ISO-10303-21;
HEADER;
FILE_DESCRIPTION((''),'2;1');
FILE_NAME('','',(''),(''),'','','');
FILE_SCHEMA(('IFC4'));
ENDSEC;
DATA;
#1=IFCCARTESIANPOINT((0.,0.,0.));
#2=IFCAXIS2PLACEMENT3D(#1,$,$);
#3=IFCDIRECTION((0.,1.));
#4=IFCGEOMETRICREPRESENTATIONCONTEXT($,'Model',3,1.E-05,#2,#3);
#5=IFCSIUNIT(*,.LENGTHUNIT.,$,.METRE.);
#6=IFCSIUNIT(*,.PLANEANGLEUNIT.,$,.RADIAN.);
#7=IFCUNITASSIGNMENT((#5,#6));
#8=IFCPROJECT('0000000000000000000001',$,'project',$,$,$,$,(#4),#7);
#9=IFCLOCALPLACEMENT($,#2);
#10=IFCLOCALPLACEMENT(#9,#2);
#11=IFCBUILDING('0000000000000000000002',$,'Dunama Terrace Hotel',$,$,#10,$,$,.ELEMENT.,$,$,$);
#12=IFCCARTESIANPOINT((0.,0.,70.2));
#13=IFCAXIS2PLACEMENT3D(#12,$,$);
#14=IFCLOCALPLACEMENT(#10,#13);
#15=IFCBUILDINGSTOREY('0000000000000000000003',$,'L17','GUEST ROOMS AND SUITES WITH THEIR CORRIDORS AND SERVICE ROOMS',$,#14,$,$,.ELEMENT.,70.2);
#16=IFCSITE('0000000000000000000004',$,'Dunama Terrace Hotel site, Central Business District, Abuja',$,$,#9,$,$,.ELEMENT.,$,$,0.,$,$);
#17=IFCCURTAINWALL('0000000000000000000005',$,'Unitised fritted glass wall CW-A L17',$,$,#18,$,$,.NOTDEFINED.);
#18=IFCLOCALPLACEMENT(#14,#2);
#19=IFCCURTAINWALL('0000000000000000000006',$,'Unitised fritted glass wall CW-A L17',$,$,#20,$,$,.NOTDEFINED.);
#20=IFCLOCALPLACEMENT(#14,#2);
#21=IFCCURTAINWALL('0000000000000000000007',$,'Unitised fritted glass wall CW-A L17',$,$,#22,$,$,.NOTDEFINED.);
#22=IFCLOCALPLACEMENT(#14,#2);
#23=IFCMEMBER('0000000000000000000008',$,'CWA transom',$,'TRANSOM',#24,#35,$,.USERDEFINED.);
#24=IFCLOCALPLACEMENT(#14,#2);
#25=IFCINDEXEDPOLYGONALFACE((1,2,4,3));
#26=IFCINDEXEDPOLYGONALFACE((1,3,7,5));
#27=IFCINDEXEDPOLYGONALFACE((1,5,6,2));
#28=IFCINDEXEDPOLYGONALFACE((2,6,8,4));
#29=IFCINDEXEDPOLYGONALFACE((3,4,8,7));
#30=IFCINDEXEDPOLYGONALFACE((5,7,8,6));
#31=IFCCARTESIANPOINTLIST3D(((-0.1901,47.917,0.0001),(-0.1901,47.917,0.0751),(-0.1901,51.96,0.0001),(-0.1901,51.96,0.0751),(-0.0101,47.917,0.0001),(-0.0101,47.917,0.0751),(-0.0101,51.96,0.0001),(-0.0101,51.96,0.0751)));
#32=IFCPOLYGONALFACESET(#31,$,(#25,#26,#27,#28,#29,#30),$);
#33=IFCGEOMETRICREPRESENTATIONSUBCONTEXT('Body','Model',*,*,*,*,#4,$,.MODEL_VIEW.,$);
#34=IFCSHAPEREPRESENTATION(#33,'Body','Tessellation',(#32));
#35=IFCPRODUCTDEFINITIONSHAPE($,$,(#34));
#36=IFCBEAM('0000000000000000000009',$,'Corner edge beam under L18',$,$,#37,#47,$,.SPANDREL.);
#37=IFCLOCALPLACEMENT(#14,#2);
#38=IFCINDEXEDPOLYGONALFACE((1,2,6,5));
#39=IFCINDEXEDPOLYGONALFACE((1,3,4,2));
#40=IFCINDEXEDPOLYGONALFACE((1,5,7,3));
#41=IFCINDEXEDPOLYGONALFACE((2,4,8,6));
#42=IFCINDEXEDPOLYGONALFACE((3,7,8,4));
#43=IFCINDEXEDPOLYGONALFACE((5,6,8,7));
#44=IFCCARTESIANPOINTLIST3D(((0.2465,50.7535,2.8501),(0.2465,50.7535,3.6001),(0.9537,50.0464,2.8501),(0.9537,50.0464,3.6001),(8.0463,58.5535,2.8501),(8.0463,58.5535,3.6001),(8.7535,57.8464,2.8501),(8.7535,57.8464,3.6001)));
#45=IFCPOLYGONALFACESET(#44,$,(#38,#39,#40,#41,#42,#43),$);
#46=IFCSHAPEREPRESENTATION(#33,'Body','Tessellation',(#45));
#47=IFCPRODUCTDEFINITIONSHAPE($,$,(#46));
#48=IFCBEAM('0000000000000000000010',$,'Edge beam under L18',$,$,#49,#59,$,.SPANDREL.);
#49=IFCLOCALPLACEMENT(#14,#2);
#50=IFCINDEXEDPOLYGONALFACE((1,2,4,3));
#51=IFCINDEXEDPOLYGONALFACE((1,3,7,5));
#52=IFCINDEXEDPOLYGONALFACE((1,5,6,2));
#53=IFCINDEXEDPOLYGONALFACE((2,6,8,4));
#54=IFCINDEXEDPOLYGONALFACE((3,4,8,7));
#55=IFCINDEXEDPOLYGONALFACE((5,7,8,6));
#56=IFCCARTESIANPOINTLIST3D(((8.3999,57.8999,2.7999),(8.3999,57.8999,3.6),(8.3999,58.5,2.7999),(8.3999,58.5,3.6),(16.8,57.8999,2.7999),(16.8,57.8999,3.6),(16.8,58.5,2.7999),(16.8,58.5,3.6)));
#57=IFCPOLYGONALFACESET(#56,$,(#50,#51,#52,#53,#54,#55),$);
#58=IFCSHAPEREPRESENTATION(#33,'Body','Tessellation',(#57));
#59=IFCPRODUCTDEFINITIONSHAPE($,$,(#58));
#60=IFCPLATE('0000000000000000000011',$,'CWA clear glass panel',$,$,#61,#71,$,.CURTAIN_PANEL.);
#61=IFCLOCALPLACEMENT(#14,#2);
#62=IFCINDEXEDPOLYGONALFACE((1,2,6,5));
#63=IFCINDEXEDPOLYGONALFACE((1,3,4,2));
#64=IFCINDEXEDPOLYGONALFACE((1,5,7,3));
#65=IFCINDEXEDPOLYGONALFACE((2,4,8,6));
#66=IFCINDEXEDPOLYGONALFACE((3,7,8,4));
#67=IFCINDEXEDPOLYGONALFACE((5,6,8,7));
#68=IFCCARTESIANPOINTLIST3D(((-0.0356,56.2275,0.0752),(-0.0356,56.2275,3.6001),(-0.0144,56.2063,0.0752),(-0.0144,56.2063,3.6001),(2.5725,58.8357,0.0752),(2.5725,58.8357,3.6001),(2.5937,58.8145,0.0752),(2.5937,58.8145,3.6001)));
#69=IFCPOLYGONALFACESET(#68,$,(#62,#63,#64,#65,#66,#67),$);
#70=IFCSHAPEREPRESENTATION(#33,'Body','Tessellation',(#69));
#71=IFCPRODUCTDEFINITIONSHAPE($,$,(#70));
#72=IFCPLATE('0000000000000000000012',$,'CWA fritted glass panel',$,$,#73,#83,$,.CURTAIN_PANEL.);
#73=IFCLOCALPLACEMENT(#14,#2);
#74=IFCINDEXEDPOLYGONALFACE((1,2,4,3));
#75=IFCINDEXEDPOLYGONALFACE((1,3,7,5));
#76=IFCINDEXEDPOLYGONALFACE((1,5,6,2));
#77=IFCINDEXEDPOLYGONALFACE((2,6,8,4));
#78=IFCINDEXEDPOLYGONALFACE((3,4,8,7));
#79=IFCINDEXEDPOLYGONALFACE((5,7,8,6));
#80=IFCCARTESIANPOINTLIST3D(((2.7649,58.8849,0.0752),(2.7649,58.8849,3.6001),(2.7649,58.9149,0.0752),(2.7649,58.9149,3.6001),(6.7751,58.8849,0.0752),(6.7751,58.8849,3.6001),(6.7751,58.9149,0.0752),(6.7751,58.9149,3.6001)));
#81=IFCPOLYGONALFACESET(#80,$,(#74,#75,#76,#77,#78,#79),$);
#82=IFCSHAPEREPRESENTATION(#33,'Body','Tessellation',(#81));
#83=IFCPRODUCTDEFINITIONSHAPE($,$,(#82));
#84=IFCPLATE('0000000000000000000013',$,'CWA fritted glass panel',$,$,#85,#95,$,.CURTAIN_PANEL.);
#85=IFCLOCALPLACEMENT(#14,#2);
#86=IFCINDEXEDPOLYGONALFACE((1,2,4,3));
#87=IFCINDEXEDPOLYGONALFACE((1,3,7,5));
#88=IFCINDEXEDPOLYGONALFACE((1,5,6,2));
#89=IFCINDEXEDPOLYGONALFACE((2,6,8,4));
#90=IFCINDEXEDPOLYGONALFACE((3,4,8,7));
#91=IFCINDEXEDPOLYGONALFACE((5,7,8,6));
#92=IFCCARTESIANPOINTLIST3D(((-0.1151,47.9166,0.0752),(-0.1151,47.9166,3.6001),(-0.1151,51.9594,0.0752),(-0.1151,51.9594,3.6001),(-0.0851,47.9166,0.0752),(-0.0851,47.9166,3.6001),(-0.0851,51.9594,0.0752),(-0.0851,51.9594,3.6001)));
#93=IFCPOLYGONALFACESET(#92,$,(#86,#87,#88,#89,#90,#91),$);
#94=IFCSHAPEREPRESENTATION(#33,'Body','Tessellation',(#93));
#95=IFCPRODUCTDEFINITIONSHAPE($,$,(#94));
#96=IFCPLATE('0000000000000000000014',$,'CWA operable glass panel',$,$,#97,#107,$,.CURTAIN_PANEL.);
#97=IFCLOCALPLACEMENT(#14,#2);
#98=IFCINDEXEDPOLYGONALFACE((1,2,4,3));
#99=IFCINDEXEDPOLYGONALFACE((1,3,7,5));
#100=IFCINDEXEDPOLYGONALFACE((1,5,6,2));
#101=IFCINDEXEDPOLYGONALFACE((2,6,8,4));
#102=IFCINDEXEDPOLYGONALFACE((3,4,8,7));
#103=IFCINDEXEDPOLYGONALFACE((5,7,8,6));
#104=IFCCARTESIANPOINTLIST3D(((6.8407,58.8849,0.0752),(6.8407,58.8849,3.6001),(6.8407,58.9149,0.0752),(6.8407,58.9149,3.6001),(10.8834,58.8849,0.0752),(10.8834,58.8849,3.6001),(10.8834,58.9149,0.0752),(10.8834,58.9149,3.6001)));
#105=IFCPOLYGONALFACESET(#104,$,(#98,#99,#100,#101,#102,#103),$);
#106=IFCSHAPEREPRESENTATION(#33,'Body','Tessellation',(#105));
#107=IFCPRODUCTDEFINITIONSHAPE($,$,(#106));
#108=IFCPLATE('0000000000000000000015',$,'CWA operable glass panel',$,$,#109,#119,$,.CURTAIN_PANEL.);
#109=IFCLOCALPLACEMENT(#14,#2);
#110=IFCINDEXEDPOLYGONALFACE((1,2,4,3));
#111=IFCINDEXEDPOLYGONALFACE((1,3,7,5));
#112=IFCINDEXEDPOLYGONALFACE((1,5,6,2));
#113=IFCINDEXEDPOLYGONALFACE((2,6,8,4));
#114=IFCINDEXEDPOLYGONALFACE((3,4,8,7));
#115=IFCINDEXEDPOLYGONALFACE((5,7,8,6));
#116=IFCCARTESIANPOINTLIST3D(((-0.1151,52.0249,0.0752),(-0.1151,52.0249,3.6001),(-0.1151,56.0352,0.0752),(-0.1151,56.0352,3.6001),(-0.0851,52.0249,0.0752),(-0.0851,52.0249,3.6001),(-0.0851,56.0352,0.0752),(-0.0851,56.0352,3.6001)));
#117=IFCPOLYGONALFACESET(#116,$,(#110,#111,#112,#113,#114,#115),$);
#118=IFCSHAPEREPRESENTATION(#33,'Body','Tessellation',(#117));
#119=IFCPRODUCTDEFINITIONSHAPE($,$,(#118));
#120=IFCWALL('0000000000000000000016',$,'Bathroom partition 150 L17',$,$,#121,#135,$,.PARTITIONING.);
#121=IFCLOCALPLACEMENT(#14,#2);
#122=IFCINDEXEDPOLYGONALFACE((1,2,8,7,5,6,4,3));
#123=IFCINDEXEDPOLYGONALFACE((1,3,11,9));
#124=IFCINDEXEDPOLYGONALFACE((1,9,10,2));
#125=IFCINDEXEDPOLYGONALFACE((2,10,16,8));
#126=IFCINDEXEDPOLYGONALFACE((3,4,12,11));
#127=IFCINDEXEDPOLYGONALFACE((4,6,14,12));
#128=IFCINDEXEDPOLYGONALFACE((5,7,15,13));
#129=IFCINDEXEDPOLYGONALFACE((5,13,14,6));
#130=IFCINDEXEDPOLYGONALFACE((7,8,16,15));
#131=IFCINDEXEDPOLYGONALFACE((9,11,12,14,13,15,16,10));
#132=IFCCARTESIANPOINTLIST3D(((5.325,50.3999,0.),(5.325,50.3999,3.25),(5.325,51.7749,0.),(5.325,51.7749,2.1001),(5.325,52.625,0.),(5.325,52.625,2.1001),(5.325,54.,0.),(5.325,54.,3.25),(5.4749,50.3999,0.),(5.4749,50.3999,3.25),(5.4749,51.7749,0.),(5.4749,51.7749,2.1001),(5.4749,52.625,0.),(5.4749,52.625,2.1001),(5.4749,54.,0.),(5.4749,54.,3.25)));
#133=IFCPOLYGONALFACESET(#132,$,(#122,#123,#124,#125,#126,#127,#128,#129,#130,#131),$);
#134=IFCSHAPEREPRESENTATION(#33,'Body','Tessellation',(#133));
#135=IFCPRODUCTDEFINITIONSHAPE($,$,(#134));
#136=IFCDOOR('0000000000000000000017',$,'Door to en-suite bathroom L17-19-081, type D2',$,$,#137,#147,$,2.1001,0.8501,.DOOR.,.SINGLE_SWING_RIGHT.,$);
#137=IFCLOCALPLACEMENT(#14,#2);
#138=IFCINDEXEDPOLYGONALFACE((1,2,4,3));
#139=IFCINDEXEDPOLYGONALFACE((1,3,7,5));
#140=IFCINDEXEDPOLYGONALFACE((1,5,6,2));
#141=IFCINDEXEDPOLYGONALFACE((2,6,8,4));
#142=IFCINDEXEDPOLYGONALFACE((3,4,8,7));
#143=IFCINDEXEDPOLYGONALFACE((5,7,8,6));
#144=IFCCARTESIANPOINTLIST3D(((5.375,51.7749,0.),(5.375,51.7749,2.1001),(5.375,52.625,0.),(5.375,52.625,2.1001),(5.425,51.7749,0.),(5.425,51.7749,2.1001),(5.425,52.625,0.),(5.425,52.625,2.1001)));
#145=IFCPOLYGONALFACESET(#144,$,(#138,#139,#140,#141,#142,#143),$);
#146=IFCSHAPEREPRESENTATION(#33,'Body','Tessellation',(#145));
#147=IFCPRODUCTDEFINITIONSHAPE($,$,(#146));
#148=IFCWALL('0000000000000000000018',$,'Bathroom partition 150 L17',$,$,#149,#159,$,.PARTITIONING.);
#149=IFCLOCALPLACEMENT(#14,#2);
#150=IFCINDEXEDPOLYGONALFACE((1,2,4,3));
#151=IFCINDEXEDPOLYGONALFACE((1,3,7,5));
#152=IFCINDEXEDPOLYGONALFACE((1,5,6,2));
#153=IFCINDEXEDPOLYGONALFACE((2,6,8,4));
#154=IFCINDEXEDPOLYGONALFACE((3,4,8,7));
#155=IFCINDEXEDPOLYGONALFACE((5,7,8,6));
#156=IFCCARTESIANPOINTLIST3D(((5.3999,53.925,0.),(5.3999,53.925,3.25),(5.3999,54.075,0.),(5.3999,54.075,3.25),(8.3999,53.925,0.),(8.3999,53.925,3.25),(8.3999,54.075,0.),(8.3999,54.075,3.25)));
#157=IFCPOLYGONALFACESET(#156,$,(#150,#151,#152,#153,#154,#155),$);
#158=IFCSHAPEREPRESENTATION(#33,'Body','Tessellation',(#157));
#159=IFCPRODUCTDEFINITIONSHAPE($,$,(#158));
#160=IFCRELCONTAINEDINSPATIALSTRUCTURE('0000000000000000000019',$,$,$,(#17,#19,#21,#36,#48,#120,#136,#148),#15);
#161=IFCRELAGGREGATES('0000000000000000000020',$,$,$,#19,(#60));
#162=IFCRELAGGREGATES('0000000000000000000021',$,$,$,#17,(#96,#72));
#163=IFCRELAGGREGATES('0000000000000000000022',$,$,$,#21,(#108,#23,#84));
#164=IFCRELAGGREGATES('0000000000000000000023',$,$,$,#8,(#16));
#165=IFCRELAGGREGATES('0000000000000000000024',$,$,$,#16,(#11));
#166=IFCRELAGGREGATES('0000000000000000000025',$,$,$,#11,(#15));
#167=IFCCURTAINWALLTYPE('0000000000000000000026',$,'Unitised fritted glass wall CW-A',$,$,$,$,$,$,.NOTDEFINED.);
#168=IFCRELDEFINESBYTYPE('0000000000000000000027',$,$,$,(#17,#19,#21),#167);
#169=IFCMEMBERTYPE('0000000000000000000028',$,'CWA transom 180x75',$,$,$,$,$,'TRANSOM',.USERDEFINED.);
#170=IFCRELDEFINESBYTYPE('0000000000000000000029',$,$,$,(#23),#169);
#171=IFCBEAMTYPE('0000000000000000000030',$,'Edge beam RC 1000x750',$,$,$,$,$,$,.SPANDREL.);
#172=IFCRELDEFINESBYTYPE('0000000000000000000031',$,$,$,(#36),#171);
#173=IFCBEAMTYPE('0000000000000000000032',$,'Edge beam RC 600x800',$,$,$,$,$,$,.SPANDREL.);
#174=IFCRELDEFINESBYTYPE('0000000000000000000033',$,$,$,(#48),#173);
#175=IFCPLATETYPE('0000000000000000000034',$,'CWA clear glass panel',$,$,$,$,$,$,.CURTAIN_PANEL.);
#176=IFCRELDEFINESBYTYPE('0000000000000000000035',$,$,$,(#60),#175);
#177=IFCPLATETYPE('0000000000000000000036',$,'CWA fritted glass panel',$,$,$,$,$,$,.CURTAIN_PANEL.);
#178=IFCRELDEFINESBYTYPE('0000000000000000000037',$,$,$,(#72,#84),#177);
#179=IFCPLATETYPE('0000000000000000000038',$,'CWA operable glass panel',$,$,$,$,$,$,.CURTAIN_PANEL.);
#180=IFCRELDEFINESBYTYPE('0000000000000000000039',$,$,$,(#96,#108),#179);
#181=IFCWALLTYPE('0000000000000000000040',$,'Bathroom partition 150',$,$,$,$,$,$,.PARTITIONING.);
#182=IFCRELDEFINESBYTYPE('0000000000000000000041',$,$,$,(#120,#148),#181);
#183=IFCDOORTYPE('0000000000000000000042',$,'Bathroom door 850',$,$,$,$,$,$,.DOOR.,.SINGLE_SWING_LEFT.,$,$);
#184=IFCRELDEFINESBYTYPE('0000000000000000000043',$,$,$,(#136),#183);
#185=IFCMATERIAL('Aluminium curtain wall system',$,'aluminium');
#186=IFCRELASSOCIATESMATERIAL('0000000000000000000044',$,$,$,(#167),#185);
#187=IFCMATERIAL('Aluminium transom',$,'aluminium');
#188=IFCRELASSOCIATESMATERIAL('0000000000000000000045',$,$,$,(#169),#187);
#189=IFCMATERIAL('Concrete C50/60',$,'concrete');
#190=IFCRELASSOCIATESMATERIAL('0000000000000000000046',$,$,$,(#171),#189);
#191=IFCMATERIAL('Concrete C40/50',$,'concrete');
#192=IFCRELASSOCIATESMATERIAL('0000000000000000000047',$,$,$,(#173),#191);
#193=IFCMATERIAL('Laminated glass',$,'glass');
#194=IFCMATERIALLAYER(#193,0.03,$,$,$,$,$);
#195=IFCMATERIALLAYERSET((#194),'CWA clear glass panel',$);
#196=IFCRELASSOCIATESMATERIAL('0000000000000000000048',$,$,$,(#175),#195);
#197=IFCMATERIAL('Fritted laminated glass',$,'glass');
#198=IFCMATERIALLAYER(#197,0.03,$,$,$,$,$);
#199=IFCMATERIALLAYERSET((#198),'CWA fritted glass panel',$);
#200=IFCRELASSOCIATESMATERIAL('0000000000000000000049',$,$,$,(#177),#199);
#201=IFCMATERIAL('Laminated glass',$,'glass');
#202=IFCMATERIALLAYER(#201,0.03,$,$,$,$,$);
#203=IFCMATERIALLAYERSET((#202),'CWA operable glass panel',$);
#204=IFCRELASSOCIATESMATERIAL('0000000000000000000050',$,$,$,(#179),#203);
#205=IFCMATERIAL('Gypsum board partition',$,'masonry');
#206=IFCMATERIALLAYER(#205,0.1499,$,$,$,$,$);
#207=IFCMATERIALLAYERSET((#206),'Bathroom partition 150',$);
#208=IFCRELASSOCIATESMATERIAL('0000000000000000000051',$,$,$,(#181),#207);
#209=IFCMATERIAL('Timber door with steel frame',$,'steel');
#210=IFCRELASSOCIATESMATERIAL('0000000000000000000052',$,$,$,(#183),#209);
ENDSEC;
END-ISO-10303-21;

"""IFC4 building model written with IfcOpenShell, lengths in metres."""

from ifc_helpers import new_model, si_unit, direction, frame, frame_2d, origin, origin_2d, place, context, subcontext, project, spatial, rectangle, extrude, material, layer, layer_set, material_profile, profile_set, type_object, element, fill, aggregate, save


model = new_model("IFC4")

# Units and contexts
model_context = context("Model", 3, precision=1e-05, world=origin(), true_north=direction((0.0, 1.0)))
body_context = subcontext(model_context, "Body", "Model", "MODEL_VIEW")
ifc_project = project(units=[si_unit("LENGTHUNIT", "METRE"), si_unit("PLANEANGLEUNIT", "RADIAN")], contexts=[model_context])

# Site, building, storey
site_placement = place(None, origin())
site = spatial("IfcSite", under=ifc_project, at=site_placement, Name="Dunama Terrace Hotel site, Central Business District, Abuja", CompositionType="ELEMENT", RefElevation=0.0)
building_placement = place(site_placement, origin())
building = spatial("IfcBuilding", under=site, at=building_placement, Name="Dunama Terrace Hotel", CompositionType="ELEMENT")
storey_placement = place(building_placement, frame((0.0, 0.0, 70.2)))
storey = spatial("IfcBuildingStorey", under=building, at=storey_placement, Name="L17", Description="GUEST ROOMS AND SUITES WITH THEIR CORRIDORS AND SERVICE ROOMS", CompositionType="ELEMENT", Elevation=70.2)

# Curtain walls
ifc_material_1 = material(Name="Aluminium curtain wall system", Category="aluminium")
curtain_wall_type = type_object("IfcCurtainWallType", Name="Unitised fritted glass wall CW-A", PredefinedType="NOTDEFINED", material=ifc_material_1)
curtain_wall_1_placement = place(storey_placement, origin())
curtain_wall_1 = element("IfcCurtainWall", 1, at=curtain_wall_1_placement, inside=storey, type_object=curtain_wall_type, Name="Unitised fritted glass wall CW-A L17", PredefinedType="NOTDEFINED")
curtain_wall_2_placement = place(storey_placement, origin())
curtain_wall_2 = element("IfcCurtainWall", 2, at=curtain_wall_2_placement, inside=storey, type_object=curtain_wall_type, Name="Unitised fritted glass wall CW-A L17", PredefinedType="NOTDEFINED")
curtain_wall_3_placement = place(storey_placement, origin())
curtain_wall_3 = element("IfcCurtainWall", 3, at=curtain_wall_3_placement, inside=storey, type_object=curtain_wall_type, Name="Unitised fritted glass wall CW-A L17", PredefinedType="NOTDEFINED")

# Member
ifc_material_2 = material(Name="Aluminium transom", Category="aluminium")
ifc_material_profile_1 = material_profile(ifc_material_2, rectangle(XDim=0.1799, YDim=0.075, at=origin_2d()), Name="CWA TRANSOM 180X75")
ifc_profile_set_1 = profile_set([ifc_material_profile_1], Name="Aluminium transom")
member_type_1 = type_object("IfcMemberType", Name="CWA transom 180x75", ElementType="TRANSOM", PredefinedType="USERDEFINED", material=ifc_profile_set_1)
member_1_placement = place(storey_placement, frame((-0.1001, 51.96, 0.0376), z_axis=(0.0, -1.0, 0.0), x_axis=(1.0, 0.0, 0.0)))
member_1 = element("IfcMember", 4, at=member_1_placement, type_object=member_type_1, Name="CWA transom", ObjectType="TRANSOM", PredefinedType="USERDEFINED", context=body_context, shape_type="SweptSolid", body=[
    extrude(rectangle(XDim=0.1799, YDim=0.075, at=origin_2d()), origin(), (0.0, 0.0, 1.0), 4.043),
])

# Beams
ifc_material_3 = material(Name="Concrete C50/60", Category="concrete")
ifc_material_profile_2 = material_profile(ifc_material_3, rectangle(XDim=1.0, YDim=0.75, at=origin_2d()), Name="RC 1000x750")
ifc_profile_set_2 = profile_set([ifc_material_profile_2], Name="Concrete C50/60")
beam_type_1 = type_object("IfcBeamType", Name="Edge beam RC 1000x750", PredefinedType="SPANDREL", material=ifc_profile_set_2)
beam_1_placement = place(storey_placement, frame((8.3999, 58.2, 3.2251), z_axis=(-0.707096, -0.707118, 0.0), x_axis=(0.707118, -0.707096, 0.0)))
element("IfcBeam", 5, at=beam_1_placement, inside=storey, type_object=beam_type_1, Name="Corner edge beam under L18", PredefinedType="SPANDREL", context=body_context, shape_type="SweptSolid", body=[
    extrude(rectangle(XDim=1.0, YDim=0.75, at=origin_2d()), origin(), (0.0, 0.0, 1.0), 11.0308),
])
ifc_material_4 = material(Name="Concrete C40/50", Category="concrete")
ifc_material_profile_3 = material_profile(ifc_material_4, rectangle(XDim=0.6001, YDim=0.8, at=origin_2d()), Name="RC 600x800")
ifc_profile_set_3 = profile_set([ifc_material_profile_3], Name="Concrete C40/50")
beam_type_2 = type_object("IfcBeamType", Name="Edge beam RC 600x800", PredefinedType="SPANDREL", material=ifc_profile_set_3)
beam_2_placement = place(storey_placement, frame((8.3999, 58.2, 3.2), z_axis=(1.0, 0.0, 0.0), x_axis=(0.0, 1.0, 0.0)))
element("IfcBeam", 6, at=beam_2_placement, inside=storey, type_object=beam_type_2, Name="Edge beam under L18", PredefinedType="SPANDREL", context=body_context, shape_type="SweptSolid", body=[
    extrude(rectangle(XDim=0.6001, YDim=0.8, at=origin_2d()), origin(), (0.0, 0.0, 1.0), 8.4001),
])

# Plates
ifc_material_5 = material(Name="Laminated glass", Category="glass")
ifc_layer_1 = layer(ifc_material_5, 0.03)
ifc_layer_set_1 = layer_set([ifc_layer_1], Name="CWA clear glass panel")
plate_type_1 = type_object("IfcPlateType", Name="CWA clear glass panel", PredefinedType="CURTAIN_PANEL", material=ifc_layer_set_1)
plate_1_placement = place(storey_placement, frame((1.2791, 57.521, 0.0752), z_axis=(0.0, 0.0, 1.0), x_axis=(-0.707107, -0.707107, 0.0)))
plate_1 = element("IfcPlate", 7, at=plate_1_placement, type_object=plate_type_1, Name="CWA clear glass panel", PredefinedType="CURTAIN_PANEL", context=body_context, shape_type="SweptSolid", body=[
    extrude(rectangle(XDim=3.6885, YDim=0.03, at=origin_2d()), origin(), (0.0, 0.0, 1.0), 3.5249),
])
aggregate(curtain_wall_2, [plate_1])
ifc_material_6 = material(Name="Fritted laminated glass", Category="glass")
ifc_layer_2 = layer(ifc_material_6, 0.03)
ifc_layer_set_2 = layer_set([ifc_layer_2], Name="CWA fritted glass panel")
plate_type_2 = type_object("IfcPlateType", Name="CWA fritted glass panel", PredefinedType="CURTAIN_PANEL", material=ifc_layer_set_2)
plate_2_placement = place(storey_placement, frame((4.77, 58.8999, 0.0752), z_axis=(0.0, 0.0, 1.0), x_axis=(-1.0, 0.0, 0.0)))
plate_2 = element("IfcPlate", 8, at=plate_2_placement, type_object=plate_type_2, Name="CWA fritted glass panel", PredefinedType="CURTAIN_PANEL", context=body_context, shape_type="SweptSolid", body=[
    extrude(rectangle(XDim=4.0103, YDim=0.03, at=origin_2d()), origin(), (0.0, 0.0, 1.0), 3.5249),
])
plate_3_placement = place(storey_placement, frame((-0.1001, 49.938, 0.0752), z_axis=(0.0, 0.0, 1.0), x_axis=(0.0, -1.0, 0.0)))
plate_3 = element("IfcPlate", 9, at=plate_3_placement, type_object=plate_type_2, Name="CWA fritted glass panel", PredefinedType="CURTAIN_PANEL", context=body_context, shape_type="SweptSolid", body=[
    extrude(rectangle(XDim=4.0427, YDim=0.03, at=origin_2d()), origin(), (0.0, 0.0, 1.0), 3.5249),
])
ifc_material_7 = material(Name="Laminated glass", Category="glass")
ifc_layer_3 = layer(ifc_material_7, 0.03)
ifc_layer_set_3 = layer_set([ifc_layer_3], Name="CWA operable glass panel")
plate_type_3 = type_object("IfcPlateType", Name="CWA operable glass panel", PredefinedType="CURTAIN_PANEL", material=ifc_layer_set_3)
plate_4_placement = place(storey_placement, frame((8.8621, 58.8999, 0.0752), z_axis=(0.0, 0.0, 1.0), x_axis=(-1.0, 0.0, 0.0)))
plate_4 = element("IfcPlate", 10, at=plate_4_placement, type_object=plate_type_3, Name="CWA operable glass panel", PredefinedType="CURTAIN_PANEL", context=body_context, shape_type="SweptSolid", body=[
    extrude(rectangle(XDim=4.0427, YDim=0.03, at=origin_2d()), origin(), (0.0, 0.0, 1.0), 3.5249),
])
aggregate(curtain_wall_1, [plate_4, plate_2])
plate_5_placement = place(storey_placement, frame((-0.1001, 54.03, 0.0752), z_axis=(0.0, 0.0, 1.0), x_axis=(0.0, -1.0, 0.0)))
plate_5 = element("IfcPlate", 11, at=plate_5_placement, type_object=plate_type_3, Name="CWA operable glass panel", PredefinedType="CURTAIN_PANEL", context=body_context, shape_type="SweptSolid", body=[
    extrude(rectangle(XDim=4.0103, YDim=0.03, at=origin_2d()), origin(), (0.0, 0.0, 1.0), 3.5249),
])
aggregate(curtain_wall_3, [plate_5, member_1, plate_3])

# Wall, opening, door
ifc_material_8 = material(Name="Gypsum board partition", Category="masonry")
ifc_layer_4 = layer(ifc_material_8, 0.1499)
ifc_layer_set_4 = layer_set([ifc_layer_4], Name="Bathroom partition 150")
wall_type_1 = type_object("IfcWallType", Name="Bathroom partition 150", PredefinedType="PARTITIONING", material=ifc_layer_set_4)
wall_1_placement = place(storey_placement, frame((5.3999, 50.3999, 0.0), z_axis=(0.0, 0.0, 1.0), x_axis=(0.0, 1.0, 0.0)))
wall_1 = element("IfcWall", 12, at=wall_1_placement, inside=storey, type_object=wall_type_1, Name="Bathroom partition 150 L17", PredefinedType="PARTITIONING", context=body_context, shape_type="SweptSolid", body=[
    extrude(rectangle(XDim=3.6001, YDim=0.1499, at=frame_2d((1.8, 0.0))), origin(), (0.0, 0.0, 1.0), 3.25),
])
opening_1_placement = place(wall_1_placement, frame((1.375, 0.0, 0.0)))
opening_1 = element("IfcOpeningElement", 13, at=opening_1_placement, cuts=wall_1, PredefinedType="OPENING", context=body_context, shape_type="SweptSolid", body=[
    extrude(rectangle(XDim=0.8501, YDim=2.1001, at=frame_2d((0.425, 1.05))), frame((0.0, 0.085, 0.0), z_axis=(0.0, -1.0, 0.0), x_axis=(1.0, 0.0, 0.0)), (0.0, 0.0, 1.0), 0.1699),
])
ifc_material_9 = material(Name="Timber door with steel frame", Category="steel")
door_type_1 = type_object("IfcDoorType", Name="Bathroom door 850", OperationType="SINGLE_SWING_LEFT", PredefinedType="DOOR", material=ifc_material_9)
door_1_placement = place(opening_1_placement, frame((0.8501, 0.0, 0.0), z_axis=(0.0, 0.0, 1.0), x_axis=(-1.0, 0.0, 0.0)))
door_1 = element("IfcDoor", 14, at=door_1_placement, inside=storey, type_object=door_type_1, Name="Door to en-suite bathroom L17-19-081, type D2", OperationType="SINGLE_SWING_RIGHT", OverallHeight=2.1001, OverallWidth=0.8501, PredefinedType="DOOR", context=body_context, shape_type="SweptSolid", body=[
    extrude(rectangle(XDim=0.8501, YDim=2.1001, at=frame_2d((0.425, 1.05))), frame((0.0, 0.0251, 0.0), z_axis=(0.0, -1.0, 0.0), x_axis=(1.0, 0.0, 0.0)), (0.0, 0.0, 1.0), 0.05),
])
fill(opening_1, door_1)

# Wall
wall_2_placement = place(storey_placement, frame((5.3999, 54.0, 0.0), z_axis=(0.0, 0.0, 1.0), x_axis=(1.0, 0.0, 0.0)))
element("IfcWall", 15, at=wall_2_placement, inside=storey, type_object=wall_type_1, Name="Bathroom partition 150 L17", PredefinedType="PARTITIONING", context=body_context, shape_type="SweptSolid", body=[
    extrude(rectangle(XDim=3.0, YDim=0.1499, at=frame_2d((1.5, 0.0))), origin(), (0.0, 0.0, 1.0), 3.25),
])

save(model, "model.ifc")
